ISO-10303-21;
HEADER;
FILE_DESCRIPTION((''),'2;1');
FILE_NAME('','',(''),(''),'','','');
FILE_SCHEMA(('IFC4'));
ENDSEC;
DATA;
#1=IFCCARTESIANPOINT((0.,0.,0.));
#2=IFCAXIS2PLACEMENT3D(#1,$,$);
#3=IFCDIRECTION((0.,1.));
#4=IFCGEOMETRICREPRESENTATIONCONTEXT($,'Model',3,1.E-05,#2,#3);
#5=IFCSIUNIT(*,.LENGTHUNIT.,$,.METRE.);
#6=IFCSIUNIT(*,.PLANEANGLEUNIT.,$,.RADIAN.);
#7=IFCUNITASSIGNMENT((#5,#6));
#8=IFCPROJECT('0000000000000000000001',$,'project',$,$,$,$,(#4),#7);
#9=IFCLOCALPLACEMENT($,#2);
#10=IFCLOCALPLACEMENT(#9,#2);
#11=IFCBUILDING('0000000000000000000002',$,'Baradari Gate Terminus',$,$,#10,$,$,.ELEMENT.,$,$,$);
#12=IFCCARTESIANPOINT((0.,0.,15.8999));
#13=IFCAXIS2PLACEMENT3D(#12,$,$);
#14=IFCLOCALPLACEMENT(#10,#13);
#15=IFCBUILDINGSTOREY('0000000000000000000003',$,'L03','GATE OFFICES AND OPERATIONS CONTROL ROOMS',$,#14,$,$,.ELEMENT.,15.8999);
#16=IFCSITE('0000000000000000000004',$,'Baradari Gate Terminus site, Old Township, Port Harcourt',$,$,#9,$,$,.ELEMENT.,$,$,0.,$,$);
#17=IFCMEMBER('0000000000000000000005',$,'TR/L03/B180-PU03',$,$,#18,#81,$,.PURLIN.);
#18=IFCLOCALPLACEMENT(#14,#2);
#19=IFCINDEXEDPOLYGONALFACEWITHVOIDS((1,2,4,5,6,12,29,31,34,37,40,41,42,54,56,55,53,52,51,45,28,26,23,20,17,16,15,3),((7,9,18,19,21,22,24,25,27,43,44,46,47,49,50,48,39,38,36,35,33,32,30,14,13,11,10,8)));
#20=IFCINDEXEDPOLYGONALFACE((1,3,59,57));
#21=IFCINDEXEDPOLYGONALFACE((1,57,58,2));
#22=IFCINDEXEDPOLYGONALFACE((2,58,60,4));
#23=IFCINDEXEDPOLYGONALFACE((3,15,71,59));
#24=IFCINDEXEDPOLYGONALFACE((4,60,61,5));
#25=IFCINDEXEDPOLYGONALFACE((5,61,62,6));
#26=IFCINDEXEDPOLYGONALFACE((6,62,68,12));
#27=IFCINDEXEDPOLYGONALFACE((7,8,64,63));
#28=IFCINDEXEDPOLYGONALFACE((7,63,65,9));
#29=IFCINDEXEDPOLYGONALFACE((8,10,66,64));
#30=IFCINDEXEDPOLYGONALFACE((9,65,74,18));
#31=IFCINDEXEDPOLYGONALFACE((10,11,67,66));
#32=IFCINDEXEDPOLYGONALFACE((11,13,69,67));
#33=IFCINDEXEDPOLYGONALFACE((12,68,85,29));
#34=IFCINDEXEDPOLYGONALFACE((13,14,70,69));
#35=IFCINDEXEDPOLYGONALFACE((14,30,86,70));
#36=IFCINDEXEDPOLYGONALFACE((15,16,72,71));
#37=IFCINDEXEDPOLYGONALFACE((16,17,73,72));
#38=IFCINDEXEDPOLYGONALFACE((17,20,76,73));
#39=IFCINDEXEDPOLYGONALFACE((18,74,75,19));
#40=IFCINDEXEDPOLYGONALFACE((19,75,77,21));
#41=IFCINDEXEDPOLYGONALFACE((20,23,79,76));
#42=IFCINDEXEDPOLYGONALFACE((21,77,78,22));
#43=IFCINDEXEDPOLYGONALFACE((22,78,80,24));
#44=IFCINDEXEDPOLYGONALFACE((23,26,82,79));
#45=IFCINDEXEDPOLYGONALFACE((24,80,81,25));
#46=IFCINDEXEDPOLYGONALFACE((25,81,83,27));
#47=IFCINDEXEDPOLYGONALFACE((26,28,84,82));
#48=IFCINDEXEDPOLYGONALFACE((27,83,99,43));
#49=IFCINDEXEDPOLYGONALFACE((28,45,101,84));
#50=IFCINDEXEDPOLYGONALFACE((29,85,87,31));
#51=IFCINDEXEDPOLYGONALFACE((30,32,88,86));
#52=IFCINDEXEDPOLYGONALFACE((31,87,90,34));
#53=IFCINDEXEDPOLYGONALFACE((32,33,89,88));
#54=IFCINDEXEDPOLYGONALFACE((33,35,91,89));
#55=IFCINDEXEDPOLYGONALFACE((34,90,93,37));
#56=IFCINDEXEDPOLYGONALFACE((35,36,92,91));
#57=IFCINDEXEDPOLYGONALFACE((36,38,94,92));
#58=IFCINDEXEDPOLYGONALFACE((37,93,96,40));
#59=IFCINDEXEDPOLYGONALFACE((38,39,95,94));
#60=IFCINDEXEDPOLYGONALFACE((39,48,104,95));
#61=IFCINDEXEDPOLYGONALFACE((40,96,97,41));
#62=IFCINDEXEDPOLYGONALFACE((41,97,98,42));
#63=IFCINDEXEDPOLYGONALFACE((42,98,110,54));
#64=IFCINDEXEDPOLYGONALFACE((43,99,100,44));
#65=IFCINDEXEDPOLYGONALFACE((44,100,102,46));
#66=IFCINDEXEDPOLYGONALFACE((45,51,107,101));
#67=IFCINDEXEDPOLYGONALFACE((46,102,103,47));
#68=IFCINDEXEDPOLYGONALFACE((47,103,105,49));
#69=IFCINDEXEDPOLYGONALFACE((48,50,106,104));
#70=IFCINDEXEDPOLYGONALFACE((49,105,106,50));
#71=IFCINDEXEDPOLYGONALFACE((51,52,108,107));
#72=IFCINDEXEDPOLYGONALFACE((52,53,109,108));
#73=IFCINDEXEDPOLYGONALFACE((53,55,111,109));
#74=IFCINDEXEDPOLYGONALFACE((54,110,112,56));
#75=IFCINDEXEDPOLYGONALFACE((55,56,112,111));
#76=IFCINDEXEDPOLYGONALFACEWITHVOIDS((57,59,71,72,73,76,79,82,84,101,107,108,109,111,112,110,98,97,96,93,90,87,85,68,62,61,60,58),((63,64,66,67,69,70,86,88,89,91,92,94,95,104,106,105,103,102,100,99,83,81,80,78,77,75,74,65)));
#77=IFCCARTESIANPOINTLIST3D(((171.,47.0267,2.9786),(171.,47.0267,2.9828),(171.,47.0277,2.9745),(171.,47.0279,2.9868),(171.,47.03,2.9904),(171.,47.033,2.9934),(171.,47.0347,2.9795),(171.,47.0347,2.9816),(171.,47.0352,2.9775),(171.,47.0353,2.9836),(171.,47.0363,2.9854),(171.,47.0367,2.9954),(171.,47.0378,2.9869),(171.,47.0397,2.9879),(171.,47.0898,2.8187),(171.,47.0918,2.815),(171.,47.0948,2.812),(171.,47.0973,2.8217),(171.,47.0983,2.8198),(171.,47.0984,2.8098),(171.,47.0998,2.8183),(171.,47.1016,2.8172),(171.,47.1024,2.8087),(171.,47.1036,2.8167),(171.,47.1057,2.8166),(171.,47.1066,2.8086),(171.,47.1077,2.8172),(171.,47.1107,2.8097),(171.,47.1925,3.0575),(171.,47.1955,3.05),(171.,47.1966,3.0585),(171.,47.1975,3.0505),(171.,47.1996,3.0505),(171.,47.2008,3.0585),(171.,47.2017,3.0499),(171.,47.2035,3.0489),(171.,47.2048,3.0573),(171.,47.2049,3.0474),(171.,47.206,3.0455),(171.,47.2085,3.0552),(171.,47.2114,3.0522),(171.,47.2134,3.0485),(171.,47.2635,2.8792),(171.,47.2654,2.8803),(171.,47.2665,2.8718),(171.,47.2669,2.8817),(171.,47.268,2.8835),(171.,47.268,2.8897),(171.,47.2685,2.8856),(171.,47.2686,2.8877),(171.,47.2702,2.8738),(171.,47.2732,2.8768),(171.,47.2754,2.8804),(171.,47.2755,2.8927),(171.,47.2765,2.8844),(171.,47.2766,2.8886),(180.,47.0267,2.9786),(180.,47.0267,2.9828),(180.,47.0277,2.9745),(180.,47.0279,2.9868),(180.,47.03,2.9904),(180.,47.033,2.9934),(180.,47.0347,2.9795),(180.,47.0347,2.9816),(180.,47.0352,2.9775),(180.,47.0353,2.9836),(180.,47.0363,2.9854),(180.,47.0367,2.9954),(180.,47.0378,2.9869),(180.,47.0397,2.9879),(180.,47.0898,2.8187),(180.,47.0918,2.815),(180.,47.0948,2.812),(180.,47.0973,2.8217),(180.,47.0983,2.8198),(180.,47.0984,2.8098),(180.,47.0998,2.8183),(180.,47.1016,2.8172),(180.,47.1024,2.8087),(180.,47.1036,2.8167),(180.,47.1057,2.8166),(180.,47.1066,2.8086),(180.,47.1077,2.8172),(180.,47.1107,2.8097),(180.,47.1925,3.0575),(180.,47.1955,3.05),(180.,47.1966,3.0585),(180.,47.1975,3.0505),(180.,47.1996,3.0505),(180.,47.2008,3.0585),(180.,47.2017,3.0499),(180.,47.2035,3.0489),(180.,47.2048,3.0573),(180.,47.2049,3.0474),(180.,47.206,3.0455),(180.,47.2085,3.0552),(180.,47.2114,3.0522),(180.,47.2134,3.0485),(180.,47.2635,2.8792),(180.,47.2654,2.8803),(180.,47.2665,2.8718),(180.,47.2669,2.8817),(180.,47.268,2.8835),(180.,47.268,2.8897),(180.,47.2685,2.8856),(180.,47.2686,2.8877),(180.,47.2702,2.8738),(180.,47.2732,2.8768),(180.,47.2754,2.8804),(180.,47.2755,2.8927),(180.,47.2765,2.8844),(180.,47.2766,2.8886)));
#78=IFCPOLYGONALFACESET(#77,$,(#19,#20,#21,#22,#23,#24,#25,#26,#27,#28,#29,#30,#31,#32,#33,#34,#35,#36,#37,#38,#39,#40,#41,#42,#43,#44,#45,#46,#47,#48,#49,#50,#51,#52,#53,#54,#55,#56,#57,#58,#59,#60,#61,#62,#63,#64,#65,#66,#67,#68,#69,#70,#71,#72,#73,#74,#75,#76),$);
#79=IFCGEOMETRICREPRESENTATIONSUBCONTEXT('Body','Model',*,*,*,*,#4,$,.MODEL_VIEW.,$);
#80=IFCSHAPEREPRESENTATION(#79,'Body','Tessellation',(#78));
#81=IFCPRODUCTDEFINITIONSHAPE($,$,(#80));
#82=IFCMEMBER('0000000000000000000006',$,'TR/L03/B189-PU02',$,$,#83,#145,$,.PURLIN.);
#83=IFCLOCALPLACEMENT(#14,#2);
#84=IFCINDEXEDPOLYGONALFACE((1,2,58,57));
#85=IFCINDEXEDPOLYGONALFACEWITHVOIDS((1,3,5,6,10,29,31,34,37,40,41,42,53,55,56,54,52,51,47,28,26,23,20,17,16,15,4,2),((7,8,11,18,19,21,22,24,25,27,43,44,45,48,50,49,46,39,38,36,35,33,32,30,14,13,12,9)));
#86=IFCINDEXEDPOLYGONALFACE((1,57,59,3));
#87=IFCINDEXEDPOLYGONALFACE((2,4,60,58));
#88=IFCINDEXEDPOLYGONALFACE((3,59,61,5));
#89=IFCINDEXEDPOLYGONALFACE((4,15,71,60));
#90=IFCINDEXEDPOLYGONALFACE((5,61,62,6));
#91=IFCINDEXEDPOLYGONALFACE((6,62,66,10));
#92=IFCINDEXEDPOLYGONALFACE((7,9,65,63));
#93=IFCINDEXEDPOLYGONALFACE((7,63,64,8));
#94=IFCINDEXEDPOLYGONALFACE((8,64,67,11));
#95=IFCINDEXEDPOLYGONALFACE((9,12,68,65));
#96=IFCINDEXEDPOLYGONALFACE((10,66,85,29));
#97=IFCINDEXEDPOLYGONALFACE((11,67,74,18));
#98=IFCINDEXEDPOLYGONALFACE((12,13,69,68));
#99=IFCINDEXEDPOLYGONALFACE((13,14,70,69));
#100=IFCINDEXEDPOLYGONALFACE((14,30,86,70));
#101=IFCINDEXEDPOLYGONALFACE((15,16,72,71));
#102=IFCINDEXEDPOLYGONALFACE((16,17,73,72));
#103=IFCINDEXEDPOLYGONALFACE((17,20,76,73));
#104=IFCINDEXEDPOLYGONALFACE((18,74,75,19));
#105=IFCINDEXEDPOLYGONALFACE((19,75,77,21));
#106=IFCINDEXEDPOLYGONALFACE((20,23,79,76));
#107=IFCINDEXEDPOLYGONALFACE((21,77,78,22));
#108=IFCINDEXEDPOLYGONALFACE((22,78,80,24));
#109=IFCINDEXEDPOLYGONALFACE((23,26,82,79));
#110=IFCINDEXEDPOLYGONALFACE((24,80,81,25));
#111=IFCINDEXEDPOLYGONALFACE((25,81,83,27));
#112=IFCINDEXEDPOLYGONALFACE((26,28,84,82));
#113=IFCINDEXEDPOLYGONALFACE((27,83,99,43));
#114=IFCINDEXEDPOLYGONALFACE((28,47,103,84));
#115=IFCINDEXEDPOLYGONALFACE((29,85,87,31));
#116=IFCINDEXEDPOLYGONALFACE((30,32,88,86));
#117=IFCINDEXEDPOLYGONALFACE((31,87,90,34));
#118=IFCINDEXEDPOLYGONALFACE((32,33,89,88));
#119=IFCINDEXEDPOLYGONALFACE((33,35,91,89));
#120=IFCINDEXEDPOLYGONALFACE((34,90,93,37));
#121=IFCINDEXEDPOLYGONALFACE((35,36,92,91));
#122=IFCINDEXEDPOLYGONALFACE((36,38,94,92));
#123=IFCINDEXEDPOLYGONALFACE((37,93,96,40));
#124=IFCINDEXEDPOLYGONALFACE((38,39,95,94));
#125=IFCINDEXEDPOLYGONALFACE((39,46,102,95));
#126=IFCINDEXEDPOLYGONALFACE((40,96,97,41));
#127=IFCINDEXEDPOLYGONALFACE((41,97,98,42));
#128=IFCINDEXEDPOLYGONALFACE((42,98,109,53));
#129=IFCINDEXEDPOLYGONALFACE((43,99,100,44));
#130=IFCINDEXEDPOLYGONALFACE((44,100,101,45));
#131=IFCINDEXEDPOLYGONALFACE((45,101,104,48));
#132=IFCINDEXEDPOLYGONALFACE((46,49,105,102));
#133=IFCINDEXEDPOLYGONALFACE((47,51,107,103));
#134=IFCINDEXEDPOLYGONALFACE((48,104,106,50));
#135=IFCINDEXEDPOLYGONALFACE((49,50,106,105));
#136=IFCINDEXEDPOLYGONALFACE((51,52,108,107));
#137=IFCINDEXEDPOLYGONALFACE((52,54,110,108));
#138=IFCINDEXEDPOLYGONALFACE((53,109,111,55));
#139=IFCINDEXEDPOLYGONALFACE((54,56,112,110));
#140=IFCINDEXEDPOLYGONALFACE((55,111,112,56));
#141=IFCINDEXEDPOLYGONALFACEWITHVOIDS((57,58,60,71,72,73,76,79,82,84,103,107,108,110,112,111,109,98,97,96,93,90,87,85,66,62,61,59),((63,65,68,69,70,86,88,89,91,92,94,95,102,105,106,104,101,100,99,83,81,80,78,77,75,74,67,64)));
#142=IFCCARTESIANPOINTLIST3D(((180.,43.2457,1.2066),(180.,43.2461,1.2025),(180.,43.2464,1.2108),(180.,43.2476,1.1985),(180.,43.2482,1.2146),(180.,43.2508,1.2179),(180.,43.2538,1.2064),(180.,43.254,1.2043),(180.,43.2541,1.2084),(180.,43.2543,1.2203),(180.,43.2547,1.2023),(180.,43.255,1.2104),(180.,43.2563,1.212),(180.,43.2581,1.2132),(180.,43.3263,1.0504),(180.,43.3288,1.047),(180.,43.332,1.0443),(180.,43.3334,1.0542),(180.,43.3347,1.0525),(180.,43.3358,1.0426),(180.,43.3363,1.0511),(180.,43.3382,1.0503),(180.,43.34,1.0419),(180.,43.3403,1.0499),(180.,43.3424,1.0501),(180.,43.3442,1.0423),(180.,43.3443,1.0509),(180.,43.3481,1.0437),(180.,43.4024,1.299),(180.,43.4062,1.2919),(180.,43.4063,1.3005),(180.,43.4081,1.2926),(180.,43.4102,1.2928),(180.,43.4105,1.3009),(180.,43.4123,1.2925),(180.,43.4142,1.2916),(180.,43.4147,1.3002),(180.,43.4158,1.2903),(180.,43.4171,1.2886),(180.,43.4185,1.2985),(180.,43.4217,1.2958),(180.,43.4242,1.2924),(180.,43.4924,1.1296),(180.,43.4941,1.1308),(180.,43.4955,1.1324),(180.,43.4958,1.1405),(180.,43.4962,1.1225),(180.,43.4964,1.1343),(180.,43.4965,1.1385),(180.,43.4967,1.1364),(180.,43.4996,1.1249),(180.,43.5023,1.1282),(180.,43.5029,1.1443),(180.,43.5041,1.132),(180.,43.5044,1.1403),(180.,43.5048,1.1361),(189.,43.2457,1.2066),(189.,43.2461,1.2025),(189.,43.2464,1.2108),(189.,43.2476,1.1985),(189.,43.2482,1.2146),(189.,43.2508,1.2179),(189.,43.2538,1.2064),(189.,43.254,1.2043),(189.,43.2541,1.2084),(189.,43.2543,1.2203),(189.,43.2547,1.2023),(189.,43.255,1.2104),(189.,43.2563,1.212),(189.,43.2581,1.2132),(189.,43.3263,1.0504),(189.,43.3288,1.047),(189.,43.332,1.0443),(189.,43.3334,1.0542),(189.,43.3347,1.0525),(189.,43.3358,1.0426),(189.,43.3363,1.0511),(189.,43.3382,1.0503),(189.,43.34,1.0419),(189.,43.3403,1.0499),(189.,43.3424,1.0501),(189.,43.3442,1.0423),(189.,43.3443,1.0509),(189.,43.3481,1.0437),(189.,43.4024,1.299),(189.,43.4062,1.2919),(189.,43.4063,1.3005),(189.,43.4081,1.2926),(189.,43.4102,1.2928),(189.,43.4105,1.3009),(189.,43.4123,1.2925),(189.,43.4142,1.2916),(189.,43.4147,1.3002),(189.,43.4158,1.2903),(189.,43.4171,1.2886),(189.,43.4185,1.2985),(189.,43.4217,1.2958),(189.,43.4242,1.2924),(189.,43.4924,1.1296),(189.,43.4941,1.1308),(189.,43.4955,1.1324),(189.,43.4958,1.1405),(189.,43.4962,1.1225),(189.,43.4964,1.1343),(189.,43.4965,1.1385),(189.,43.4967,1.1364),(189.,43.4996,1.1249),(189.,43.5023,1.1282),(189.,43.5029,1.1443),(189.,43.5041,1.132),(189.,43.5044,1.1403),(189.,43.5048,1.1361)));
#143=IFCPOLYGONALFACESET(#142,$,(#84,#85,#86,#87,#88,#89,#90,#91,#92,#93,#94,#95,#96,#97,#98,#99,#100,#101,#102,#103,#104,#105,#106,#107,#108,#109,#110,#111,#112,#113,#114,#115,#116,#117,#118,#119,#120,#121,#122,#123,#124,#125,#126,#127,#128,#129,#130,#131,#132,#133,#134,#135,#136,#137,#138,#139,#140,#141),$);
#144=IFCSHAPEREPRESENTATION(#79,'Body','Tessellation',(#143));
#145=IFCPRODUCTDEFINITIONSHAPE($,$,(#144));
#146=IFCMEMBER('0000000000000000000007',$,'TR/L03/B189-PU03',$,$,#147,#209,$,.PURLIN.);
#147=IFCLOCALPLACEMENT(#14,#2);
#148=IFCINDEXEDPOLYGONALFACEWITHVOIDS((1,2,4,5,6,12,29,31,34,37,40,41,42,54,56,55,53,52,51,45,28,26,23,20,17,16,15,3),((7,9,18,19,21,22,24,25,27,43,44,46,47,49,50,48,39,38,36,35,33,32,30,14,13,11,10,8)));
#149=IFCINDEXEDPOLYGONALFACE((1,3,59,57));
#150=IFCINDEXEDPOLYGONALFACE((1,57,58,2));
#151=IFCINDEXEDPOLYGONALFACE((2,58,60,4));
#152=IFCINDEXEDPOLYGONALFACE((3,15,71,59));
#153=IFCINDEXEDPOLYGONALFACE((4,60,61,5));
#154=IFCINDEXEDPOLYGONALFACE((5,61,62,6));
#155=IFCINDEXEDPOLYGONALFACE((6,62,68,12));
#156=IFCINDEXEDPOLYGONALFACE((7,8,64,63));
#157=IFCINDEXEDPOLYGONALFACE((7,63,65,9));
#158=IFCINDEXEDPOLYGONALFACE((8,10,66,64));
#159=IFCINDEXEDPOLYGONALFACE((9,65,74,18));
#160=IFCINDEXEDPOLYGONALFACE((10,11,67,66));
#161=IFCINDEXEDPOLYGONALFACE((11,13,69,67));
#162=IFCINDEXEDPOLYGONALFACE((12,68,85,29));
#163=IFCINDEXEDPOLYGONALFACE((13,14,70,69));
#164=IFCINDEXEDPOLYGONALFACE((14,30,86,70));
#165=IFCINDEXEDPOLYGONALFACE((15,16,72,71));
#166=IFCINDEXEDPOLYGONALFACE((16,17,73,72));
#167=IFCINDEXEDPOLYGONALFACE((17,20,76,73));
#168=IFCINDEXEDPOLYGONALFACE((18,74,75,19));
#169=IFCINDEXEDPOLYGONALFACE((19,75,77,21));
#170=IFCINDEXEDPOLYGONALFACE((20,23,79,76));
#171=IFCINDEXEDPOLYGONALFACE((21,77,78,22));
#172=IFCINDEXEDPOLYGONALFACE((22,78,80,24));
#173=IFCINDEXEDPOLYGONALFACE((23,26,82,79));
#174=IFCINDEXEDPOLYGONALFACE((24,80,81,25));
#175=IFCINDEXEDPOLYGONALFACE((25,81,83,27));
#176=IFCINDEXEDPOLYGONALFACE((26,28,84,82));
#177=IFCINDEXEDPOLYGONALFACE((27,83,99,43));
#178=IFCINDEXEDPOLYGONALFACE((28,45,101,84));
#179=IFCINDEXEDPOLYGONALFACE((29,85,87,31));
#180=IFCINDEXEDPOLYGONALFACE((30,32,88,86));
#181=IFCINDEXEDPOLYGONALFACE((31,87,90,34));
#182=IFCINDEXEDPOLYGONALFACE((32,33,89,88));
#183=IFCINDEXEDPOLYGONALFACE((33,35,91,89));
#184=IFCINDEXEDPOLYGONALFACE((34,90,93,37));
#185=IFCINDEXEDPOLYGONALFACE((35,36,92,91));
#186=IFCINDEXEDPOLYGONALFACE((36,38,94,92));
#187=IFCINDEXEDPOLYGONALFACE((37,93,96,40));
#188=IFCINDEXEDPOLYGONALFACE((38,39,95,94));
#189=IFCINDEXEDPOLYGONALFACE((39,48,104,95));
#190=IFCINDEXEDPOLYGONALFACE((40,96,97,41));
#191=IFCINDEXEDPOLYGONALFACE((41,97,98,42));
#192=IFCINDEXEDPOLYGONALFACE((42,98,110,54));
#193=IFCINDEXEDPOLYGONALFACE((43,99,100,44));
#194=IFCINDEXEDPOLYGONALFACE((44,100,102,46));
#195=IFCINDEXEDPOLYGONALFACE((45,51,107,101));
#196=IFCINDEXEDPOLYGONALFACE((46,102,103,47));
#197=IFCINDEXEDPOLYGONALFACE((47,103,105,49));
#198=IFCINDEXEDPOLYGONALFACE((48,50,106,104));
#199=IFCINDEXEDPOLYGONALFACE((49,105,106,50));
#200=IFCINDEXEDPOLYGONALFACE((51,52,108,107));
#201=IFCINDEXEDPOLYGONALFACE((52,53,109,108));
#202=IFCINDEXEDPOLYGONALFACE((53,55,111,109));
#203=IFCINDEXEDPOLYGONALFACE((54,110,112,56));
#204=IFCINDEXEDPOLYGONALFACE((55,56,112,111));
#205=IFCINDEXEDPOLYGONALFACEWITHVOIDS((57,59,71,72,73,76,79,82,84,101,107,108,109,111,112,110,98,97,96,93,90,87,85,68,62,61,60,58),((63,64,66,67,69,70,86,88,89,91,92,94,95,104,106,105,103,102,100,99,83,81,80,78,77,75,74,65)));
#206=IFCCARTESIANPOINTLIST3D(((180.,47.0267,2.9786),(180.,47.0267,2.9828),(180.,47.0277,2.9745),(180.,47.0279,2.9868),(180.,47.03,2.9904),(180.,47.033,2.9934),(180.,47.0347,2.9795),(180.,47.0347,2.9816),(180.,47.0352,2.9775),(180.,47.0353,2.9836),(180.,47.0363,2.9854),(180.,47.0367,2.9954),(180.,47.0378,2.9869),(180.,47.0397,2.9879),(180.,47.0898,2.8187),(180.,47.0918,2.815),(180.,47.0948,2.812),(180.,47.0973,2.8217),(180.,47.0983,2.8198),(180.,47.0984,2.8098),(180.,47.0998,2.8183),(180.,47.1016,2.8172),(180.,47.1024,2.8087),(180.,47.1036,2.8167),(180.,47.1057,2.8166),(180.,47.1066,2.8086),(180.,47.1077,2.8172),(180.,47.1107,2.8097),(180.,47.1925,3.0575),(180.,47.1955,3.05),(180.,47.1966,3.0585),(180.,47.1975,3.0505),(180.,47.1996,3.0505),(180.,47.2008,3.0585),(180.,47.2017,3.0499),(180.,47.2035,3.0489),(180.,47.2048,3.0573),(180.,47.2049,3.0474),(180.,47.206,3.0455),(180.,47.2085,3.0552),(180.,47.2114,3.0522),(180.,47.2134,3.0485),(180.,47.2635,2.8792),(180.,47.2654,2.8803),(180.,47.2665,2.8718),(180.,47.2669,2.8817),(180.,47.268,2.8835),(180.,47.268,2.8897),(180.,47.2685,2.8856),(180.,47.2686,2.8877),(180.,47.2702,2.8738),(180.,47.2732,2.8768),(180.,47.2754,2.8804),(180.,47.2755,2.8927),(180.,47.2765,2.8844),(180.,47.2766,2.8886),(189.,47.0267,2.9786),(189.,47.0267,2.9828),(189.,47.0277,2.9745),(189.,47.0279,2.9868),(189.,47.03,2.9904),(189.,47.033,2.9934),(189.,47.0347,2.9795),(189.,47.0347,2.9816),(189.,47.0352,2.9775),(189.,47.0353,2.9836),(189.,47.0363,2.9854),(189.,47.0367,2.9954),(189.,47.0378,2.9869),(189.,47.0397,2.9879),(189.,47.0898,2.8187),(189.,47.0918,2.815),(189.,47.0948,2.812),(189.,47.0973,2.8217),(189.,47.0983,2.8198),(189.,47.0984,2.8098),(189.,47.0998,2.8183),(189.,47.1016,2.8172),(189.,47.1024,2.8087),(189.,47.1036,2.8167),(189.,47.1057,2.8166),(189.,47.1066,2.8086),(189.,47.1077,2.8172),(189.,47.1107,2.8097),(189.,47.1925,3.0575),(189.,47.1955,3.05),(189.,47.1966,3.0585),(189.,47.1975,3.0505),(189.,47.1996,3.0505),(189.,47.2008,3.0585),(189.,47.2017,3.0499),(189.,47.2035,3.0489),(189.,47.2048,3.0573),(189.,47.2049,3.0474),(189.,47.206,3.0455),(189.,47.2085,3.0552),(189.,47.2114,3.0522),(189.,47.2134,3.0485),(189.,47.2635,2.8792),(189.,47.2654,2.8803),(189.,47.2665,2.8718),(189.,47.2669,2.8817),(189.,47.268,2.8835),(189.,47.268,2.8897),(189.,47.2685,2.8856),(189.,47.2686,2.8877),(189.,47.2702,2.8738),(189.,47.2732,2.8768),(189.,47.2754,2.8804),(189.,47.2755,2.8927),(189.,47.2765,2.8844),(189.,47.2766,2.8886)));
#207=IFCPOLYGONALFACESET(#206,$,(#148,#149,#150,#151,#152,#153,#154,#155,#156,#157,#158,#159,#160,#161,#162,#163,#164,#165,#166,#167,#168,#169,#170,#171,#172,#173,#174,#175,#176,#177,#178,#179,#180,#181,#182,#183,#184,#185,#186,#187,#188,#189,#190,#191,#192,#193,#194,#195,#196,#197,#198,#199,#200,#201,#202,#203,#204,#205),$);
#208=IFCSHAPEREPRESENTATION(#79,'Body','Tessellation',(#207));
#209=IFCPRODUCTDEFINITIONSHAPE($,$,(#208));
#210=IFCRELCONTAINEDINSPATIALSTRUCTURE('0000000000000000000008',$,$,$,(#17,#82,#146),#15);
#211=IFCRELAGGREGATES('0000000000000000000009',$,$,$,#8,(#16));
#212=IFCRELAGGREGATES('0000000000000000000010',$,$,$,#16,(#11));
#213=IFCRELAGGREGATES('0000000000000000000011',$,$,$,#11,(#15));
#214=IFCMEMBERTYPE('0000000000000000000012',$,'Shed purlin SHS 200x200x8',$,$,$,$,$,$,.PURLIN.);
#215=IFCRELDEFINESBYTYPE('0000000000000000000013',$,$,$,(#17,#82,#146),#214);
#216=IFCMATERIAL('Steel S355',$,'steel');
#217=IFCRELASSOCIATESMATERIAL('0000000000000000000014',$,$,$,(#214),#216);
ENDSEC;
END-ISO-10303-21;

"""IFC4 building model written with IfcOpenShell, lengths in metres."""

from ifc_helpers import new_model, si_unit, direction, frame, origin, origin_2d, place, context, subcontext, project, spatial, hollow_rectangle, extrude, material, material_profile, profile_set, type_object, element, save


model = new_model("IFC4")

# Units and contexts
model_context = context("Model", 3, precision=1e-05, world=origin(), true_north=direction((0.0, 1.0)))
body_context = subcontext(model_context, "Body", "Model", "MODEL_VIEW")
ifc_project = project(units=[si_unit("LENGTHUNIT", "METRE"), si_unit("PLANEANGLEUNIT", "RADIAN")], contexts=[model_context])

# Site, building, storey
site_placement = place(None, origin())
site = spatial("IfcSite", under=ifc_project, at=site_placement, Name="Baradari Gate Terminus site, Old Township, Port Harcourt", CompositionType="ELEMENT", RefElevation=0.0)
building_placement = place(site_placement, origin())
building = spatial("IfcBuilding", under=site, at=building_placement, Name="Baradari Gate Terminus", CompositionType="ELEMENT")
storey_placement = place(building_placement, frame((0.0, 0.0, 15.8999)))
storey = spatial("IfcBuildingStorey", under=building, at=storey_placement, Name="L03", Description="GATE OFFICES AND OPERATIONS CONTROL ROOMS", CompositionType="ELEMENT", Elevation=15.8999)

# Members
ifc_material_1 = material(Name="Steel S355", Category="steel")
ifc_material_profile_1 = material_profile(ifc_material_1, hollow_rectangle(XDim=0.2, YDim=0.2, WallThickness=0.0081, InnerFilletRadius=0.0081, OuterFilletRadius=0.0161, at=origin_2d()), Name="SHS 200x200x8")
ifc_profile_set_1 = profile_set([ifc_material_profile_1], Name="Steel S355")
member_type_1 = type_object("IfcMemberType", Name="Shed purlin SHS 200x200x8", PredefinedType="PURLIN", material=ifc_profile_set_1)
for number, where, z_axis, x_axis, name in (
    (1, (171.0, 47.1516, 2.9336), (1.0, 0.0, 0.0), (0.0, 0.928965, 0.370167), "TR/L03/B180-PU03"),
    (2, (180.0, 43.3752, 1.1714), (1.0, 0.0, 0.0), (0.0, 0.883027, 0.469322), "TR/L03/B189-PU02"),
    (3, (180.0, 47.1516, 2.9336), (1.0, 0.0, 0.0), (0.0, 0.928965, 0.370167), "TR/L03/B189-PU03"),
):
    element("IfcMember", number, at=place(storey_placement, frame(where, z_axis=z_axis, x_axis=x_axis)), inside=storey, type_object=member_type_1, Name=name, PredefinedType="PURLIN", context=body_context, shape_type="SweptSolid", body=[
        extrude(hollow_rectangle(XDim=0.2, YDim=0.2, WallThickness=0.0081, InnerFilletRadius=0.0081, OuterFilletRadius=0.0161, at=origin_2d()), origin(), (0.0, 0.0, 1.0), 9.0),
    ])

save(model, "model.ifc")
